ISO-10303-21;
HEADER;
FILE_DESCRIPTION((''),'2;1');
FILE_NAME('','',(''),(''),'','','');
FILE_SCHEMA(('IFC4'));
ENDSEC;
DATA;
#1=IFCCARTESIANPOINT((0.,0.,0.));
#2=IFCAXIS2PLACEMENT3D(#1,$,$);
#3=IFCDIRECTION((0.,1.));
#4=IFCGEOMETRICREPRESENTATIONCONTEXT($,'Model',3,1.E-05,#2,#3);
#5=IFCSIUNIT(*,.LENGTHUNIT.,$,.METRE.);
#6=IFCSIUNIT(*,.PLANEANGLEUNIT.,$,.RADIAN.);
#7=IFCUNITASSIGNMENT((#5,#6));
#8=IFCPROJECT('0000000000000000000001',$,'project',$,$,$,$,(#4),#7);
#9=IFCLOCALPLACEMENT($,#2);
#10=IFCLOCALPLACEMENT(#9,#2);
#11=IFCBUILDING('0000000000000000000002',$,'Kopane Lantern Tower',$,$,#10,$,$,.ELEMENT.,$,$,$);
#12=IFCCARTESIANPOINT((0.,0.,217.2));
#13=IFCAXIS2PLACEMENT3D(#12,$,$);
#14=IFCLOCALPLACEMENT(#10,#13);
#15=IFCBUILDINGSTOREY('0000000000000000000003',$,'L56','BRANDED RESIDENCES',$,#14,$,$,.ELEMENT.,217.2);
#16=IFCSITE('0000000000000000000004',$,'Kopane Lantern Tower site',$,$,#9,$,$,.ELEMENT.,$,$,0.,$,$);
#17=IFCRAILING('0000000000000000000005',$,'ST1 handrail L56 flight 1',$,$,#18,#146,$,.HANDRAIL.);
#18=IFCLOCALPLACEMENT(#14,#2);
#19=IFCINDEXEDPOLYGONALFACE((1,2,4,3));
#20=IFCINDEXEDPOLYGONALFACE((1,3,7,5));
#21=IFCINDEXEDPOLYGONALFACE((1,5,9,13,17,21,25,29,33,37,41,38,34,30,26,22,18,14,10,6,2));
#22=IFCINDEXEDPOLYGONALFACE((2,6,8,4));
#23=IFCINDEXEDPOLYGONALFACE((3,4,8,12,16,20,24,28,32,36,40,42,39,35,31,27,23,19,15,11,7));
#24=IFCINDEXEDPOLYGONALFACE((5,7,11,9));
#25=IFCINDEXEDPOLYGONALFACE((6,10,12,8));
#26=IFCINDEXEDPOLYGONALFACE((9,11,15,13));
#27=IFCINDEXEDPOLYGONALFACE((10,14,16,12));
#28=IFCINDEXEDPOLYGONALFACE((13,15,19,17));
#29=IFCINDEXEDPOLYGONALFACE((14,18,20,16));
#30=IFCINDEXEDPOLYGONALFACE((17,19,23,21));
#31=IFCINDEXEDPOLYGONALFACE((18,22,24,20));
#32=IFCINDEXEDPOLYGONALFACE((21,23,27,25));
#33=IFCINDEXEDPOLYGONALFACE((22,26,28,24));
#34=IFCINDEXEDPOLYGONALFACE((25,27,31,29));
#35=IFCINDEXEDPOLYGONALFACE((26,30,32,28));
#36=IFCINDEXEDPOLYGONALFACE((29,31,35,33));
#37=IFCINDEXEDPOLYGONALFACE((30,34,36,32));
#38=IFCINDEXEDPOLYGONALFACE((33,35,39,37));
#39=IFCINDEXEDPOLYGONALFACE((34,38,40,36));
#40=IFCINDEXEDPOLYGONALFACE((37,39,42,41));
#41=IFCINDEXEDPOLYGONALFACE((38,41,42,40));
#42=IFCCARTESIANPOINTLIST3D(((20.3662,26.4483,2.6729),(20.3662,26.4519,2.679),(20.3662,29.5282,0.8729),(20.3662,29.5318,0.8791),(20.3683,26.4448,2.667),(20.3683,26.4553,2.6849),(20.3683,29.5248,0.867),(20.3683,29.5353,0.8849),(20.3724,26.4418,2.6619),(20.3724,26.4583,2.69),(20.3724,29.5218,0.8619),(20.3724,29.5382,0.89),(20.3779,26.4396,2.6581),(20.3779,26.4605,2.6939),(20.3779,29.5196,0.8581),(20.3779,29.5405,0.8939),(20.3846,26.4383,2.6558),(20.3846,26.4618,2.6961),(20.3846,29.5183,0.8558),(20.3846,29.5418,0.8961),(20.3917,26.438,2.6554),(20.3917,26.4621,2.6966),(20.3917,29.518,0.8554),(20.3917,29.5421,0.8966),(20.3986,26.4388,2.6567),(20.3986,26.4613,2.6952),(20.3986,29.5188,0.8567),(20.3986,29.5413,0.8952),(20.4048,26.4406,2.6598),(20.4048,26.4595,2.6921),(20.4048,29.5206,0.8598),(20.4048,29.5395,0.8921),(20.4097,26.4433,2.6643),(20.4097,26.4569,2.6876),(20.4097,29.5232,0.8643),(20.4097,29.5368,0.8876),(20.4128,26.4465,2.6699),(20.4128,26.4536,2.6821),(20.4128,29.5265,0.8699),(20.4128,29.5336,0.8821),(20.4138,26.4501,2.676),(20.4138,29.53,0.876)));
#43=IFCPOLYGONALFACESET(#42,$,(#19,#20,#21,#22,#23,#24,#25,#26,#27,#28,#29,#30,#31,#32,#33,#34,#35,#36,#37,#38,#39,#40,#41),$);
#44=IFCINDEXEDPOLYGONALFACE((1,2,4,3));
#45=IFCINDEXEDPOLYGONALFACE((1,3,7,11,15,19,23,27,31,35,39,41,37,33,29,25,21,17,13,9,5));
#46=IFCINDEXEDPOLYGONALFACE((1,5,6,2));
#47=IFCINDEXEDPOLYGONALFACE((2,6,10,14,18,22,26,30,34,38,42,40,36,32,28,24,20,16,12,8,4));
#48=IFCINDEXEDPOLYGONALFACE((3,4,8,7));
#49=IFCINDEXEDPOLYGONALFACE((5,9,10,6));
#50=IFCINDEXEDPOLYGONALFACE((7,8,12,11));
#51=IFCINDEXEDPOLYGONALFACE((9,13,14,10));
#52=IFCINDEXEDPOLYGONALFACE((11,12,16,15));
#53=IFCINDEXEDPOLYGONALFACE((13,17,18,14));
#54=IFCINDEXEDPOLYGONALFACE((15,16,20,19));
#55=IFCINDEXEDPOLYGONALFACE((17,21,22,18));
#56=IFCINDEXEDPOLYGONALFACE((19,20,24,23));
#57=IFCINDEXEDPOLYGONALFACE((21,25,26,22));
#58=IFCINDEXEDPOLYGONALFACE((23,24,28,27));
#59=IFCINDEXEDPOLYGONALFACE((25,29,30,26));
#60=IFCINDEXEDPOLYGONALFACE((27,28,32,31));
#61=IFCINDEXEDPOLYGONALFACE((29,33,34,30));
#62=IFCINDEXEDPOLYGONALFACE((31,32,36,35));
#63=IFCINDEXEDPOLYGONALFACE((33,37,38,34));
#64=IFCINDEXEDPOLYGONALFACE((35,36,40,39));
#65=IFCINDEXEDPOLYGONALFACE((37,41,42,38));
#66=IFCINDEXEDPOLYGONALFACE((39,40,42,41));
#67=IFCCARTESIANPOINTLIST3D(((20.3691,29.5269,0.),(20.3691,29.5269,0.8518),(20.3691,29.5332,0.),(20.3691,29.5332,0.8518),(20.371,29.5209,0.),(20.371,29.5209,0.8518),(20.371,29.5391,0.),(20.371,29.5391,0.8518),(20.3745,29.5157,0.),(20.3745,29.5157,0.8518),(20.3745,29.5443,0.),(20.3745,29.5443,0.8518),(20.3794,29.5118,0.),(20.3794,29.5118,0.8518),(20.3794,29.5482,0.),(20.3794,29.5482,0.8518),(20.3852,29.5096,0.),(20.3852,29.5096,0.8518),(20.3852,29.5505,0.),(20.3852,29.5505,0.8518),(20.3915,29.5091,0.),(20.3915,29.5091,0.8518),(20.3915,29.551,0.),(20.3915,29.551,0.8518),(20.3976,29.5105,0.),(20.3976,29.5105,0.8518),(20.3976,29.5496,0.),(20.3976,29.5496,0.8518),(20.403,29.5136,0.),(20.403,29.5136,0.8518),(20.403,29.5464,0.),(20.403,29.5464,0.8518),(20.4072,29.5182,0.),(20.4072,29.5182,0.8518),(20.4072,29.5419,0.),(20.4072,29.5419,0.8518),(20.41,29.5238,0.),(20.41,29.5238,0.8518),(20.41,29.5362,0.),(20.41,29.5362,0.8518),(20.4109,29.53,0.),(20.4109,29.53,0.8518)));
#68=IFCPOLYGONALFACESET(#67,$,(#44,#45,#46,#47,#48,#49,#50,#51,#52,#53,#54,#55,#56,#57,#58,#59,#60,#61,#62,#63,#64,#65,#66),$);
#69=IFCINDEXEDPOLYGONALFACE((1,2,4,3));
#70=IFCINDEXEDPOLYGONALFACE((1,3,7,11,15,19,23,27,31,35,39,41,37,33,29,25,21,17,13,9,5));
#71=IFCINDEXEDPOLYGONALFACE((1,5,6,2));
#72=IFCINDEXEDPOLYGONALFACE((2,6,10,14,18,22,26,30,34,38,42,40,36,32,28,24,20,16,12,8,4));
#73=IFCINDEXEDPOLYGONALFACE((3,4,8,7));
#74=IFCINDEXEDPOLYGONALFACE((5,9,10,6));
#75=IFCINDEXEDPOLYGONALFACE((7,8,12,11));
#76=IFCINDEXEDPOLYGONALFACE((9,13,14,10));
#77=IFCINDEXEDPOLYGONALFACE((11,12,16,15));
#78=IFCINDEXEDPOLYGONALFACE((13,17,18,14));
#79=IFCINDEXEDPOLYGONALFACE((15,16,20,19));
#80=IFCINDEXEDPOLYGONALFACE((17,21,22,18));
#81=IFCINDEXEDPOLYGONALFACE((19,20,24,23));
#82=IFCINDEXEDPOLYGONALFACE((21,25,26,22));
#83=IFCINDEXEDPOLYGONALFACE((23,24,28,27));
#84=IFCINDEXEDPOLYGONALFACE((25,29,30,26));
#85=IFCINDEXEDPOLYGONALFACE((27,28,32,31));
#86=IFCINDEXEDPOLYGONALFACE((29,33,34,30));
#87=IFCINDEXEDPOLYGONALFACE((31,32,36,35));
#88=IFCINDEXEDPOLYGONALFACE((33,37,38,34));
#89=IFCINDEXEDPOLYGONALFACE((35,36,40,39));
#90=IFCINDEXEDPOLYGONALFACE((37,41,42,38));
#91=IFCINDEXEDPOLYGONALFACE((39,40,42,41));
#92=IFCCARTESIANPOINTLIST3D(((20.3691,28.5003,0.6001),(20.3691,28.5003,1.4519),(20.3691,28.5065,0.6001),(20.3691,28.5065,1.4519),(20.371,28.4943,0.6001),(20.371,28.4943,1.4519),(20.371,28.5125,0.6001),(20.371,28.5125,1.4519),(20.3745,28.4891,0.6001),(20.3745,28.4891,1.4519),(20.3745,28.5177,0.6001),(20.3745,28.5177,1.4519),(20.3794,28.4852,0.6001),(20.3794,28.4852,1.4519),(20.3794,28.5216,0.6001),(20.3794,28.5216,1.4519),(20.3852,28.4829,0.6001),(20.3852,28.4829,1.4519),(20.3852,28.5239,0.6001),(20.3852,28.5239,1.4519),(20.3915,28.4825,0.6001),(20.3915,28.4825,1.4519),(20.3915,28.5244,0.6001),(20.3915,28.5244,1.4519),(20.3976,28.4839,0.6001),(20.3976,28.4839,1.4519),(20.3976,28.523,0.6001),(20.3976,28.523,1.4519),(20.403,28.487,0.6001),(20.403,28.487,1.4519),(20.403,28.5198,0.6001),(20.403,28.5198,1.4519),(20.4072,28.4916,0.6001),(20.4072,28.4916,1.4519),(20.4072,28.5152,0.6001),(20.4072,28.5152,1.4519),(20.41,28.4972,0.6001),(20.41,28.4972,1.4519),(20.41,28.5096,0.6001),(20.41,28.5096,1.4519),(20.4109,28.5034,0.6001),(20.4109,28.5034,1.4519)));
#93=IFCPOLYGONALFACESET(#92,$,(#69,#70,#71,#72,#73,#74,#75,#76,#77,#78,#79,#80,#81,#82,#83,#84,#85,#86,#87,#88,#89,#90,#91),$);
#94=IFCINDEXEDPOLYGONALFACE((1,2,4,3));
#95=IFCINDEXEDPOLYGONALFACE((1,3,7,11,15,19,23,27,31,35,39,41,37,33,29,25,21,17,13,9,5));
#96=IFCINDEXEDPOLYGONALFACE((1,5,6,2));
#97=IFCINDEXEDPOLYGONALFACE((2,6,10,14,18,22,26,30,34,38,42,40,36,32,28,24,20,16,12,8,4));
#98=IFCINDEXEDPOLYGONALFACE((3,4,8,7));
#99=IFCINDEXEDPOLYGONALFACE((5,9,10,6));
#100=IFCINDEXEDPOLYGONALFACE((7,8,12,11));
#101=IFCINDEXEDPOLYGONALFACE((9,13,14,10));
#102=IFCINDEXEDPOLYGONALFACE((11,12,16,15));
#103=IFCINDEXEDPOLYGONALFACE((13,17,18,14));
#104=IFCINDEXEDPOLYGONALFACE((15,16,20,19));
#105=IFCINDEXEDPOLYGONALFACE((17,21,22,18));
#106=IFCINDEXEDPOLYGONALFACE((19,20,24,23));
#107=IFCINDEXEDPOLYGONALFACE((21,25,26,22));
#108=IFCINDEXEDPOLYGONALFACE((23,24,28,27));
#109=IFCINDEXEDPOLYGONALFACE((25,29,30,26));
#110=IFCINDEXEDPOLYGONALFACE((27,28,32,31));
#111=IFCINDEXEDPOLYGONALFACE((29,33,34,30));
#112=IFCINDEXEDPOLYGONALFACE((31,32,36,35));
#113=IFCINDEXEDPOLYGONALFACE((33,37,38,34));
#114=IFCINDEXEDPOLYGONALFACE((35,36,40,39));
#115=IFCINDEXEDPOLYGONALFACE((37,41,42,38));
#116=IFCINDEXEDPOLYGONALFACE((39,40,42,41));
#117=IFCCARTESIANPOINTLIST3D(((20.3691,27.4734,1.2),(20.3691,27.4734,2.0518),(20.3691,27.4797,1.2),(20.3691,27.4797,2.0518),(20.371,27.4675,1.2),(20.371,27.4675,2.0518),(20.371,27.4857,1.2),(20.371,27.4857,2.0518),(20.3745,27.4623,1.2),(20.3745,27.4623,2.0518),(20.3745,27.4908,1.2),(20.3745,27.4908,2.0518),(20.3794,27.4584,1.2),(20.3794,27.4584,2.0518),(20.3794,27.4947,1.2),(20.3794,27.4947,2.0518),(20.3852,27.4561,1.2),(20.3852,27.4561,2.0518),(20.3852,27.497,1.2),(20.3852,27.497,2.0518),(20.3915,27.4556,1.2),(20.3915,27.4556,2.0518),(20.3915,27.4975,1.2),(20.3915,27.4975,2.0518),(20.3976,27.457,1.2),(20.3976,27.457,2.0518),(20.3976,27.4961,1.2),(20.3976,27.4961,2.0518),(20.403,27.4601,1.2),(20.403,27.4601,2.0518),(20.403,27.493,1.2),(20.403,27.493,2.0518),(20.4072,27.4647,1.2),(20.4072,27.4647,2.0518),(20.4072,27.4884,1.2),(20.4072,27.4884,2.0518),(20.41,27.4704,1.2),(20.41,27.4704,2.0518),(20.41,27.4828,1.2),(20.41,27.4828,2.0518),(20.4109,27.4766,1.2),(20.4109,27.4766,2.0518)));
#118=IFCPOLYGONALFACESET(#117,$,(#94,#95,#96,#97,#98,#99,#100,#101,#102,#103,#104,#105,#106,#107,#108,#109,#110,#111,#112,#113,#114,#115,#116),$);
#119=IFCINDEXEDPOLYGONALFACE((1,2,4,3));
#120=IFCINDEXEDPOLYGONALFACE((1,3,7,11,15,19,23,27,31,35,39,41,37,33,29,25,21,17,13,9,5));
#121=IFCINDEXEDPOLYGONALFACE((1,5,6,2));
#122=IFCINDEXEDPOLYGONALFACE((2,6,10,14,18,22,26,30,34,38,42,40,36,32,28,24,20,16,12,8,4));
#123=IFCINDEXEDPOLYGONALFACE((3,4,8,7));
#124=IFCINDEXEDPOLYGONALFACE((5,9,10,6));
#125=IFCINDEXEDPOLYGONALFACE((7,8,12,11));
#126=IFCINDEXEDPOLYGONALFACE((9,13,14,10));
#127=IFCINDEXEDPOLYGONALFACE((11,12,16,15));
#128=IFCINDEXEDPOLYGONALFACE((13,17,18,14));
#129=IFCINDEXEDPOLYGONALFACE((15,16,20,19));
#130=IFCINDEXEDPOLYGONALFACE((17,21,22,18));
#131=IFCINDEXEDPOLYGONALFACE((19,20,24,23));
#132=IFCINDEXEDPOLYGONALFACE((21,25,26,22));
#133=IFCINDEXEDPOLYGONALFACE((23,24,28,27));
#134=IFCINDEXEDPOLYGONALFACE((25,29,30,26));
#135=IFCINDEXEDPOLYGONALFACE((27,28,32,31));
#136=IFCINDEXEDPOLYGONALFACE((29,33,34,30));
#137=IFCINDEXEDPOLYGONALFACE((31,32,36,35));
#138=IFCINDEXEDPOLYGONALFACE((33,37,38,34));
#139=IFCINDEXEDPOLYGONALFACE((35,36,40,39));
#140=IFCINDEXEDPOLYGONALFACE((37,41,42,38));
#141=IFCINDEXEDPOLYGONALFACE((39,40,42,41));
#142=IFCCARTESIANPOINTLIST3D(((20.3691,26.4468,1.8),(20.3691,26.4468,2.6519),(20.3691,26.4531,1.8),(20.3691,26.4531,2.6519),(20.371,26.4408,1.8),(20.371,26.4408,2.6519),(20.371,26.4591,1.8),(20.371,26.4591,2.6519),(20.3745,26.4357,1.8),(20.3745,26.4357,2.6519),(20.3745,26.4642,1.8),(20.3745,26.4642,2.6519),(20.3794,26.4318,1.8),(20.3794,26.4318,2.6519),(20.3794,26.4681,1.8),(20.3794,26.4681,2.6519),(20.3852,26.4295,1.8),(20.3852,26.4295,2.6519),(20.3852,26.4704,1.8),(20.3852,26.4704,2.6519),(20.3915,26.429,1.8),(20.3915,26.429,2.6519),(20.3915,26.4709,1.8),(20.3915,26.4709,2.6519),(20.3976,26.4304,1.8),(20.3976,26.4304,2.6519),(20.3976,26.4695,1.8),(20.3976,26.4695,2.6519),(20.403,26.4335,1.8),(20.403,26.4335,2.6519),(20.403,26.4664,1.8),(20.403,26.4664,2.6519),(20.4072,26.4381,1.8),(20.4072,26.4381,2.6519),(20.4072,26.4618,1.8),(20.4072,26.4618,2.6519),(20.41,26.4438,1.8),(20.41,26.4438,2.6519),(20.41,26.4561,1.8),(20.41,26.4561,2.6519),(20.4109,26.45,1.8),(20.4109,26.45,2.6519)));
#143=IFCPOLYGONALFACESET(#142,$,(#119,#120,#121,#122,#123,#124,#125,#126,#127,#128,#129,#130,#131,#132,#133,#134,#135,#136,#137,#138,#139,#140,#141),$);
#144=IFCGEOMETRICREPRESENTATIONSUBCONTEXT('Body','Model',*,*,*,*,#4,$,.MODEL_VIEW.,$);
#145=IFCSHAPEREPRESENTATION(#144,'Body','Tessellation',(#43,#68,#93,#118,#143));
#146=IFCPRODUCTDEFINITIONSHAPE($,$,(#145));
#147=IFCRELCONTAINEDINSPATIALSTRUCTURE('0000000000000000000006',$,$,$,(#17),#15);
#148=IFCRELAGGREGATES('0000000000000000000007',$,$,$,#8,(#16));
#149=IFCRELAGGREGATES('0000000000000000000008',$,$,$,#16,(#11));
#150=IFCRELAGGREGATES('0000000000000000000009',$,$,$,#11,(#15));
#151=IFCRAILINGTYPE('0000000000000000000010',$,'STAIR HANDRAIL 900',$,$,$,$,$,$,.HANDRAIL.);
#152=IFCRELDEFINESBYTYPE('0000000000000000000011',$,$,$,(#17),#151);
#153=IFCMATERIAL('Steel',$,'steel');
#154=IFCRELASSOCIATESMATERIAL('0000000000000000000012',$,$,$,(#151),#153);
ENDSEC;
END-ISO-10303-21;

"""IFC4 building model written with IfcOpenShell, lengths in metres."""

from ifc_helpers import new_model, si_unit, direction, frame, origin, origin_2d, place, context, subcontext, project, spatial, circle, extrude, material, type_object, element, save


model = new_model("IFC4")

# Units and contexts
model_context = context("Model", 3, precision=1e-05, world=origin(), true_north=direction((0.0, 1.0)))
body_context = subcontext(model_context, "Body", "Model", "MODEL_VIEW")
ifc_project = project(units=[si_unit("LENGTHUNIT", "METRE"), si_unit("PLANEANGLEUNIT", "RADIAN")], contexts=[model_context])

# Site, building, storey
site_placement = place(None, origin())
site = spatial("IfcSite", under=ifc_project, at=site_placement, Name="Kopane Lantern Tower site", CompositionType="ELEMENT", RefElevation=0.0)
building_placement = place(site_placement, origin())
building = spatial("IfcBuilding", under=site, at=building_placement, Name="Kopane Lantern Tower", CompositionType="ELEMENT")
storey_placement = place(building_placement, frame((0.0, 0.0, 217.2)))
storey = spatial("IfcBuildingStorey", under=building, at=storey_placement, Name="L56", Description="BRANDED RESIDENCES", CompositionType="ELEMENT", Elevation=217.2)

# Railing
ifc_material_1 = material(Name="Steel", Category="steel")
railing_type_1 = type_object("IfcRailingType", Name="STAIR HANDRAIL 900", PredefinedType="HANDRAIL", material=ifc_material_1)
for number, where, name in (
    (1, (20.3899, 29.53, 0.0), "ST1 handrail L56 flight 1"),
):
    element("IfcRailing", number, at=place(storey_placement, frame(where)), inside=storey, type_object=railing_type_1, Name=name, PredefinedType="HANDRAIL", context=body_context, shape_type="SweptSolid", body=[
        extrude(circle(Radius=0.0239, at=origin_2d()), frame((0.0, 0.0, 0.876), z_axis=(0.0, -0.863372, 0.504569), x_axis=(1.0, 0.0, 0.0)), (0.0, 0.0, 1.0), 3.5674),
        extrude(circle(Radius=0.021, at=origin_2d()), origin(), (0.0, 0.0, 1.0), 0.8518),
        extrude(circle(Radius=0.021, at=origin_2d()), frame((0.0, -1.0266, 0.6001)), (0.0, 0.0, 1.0), 0.8518),
        extrude(circle(Radius=0.021, at=origin_2d()), frame((0.0, -2.0535, 1.2)), (0.0, 0.0, 1.0), 0.8518),
        extrude(circle(Radius=0.021, at=origin_2d()), frame((0.0, -3.0801, 1.8)), (0.0, 0.0, 1.0), 0.8518),
    ])

save(model, "model.ifc")
